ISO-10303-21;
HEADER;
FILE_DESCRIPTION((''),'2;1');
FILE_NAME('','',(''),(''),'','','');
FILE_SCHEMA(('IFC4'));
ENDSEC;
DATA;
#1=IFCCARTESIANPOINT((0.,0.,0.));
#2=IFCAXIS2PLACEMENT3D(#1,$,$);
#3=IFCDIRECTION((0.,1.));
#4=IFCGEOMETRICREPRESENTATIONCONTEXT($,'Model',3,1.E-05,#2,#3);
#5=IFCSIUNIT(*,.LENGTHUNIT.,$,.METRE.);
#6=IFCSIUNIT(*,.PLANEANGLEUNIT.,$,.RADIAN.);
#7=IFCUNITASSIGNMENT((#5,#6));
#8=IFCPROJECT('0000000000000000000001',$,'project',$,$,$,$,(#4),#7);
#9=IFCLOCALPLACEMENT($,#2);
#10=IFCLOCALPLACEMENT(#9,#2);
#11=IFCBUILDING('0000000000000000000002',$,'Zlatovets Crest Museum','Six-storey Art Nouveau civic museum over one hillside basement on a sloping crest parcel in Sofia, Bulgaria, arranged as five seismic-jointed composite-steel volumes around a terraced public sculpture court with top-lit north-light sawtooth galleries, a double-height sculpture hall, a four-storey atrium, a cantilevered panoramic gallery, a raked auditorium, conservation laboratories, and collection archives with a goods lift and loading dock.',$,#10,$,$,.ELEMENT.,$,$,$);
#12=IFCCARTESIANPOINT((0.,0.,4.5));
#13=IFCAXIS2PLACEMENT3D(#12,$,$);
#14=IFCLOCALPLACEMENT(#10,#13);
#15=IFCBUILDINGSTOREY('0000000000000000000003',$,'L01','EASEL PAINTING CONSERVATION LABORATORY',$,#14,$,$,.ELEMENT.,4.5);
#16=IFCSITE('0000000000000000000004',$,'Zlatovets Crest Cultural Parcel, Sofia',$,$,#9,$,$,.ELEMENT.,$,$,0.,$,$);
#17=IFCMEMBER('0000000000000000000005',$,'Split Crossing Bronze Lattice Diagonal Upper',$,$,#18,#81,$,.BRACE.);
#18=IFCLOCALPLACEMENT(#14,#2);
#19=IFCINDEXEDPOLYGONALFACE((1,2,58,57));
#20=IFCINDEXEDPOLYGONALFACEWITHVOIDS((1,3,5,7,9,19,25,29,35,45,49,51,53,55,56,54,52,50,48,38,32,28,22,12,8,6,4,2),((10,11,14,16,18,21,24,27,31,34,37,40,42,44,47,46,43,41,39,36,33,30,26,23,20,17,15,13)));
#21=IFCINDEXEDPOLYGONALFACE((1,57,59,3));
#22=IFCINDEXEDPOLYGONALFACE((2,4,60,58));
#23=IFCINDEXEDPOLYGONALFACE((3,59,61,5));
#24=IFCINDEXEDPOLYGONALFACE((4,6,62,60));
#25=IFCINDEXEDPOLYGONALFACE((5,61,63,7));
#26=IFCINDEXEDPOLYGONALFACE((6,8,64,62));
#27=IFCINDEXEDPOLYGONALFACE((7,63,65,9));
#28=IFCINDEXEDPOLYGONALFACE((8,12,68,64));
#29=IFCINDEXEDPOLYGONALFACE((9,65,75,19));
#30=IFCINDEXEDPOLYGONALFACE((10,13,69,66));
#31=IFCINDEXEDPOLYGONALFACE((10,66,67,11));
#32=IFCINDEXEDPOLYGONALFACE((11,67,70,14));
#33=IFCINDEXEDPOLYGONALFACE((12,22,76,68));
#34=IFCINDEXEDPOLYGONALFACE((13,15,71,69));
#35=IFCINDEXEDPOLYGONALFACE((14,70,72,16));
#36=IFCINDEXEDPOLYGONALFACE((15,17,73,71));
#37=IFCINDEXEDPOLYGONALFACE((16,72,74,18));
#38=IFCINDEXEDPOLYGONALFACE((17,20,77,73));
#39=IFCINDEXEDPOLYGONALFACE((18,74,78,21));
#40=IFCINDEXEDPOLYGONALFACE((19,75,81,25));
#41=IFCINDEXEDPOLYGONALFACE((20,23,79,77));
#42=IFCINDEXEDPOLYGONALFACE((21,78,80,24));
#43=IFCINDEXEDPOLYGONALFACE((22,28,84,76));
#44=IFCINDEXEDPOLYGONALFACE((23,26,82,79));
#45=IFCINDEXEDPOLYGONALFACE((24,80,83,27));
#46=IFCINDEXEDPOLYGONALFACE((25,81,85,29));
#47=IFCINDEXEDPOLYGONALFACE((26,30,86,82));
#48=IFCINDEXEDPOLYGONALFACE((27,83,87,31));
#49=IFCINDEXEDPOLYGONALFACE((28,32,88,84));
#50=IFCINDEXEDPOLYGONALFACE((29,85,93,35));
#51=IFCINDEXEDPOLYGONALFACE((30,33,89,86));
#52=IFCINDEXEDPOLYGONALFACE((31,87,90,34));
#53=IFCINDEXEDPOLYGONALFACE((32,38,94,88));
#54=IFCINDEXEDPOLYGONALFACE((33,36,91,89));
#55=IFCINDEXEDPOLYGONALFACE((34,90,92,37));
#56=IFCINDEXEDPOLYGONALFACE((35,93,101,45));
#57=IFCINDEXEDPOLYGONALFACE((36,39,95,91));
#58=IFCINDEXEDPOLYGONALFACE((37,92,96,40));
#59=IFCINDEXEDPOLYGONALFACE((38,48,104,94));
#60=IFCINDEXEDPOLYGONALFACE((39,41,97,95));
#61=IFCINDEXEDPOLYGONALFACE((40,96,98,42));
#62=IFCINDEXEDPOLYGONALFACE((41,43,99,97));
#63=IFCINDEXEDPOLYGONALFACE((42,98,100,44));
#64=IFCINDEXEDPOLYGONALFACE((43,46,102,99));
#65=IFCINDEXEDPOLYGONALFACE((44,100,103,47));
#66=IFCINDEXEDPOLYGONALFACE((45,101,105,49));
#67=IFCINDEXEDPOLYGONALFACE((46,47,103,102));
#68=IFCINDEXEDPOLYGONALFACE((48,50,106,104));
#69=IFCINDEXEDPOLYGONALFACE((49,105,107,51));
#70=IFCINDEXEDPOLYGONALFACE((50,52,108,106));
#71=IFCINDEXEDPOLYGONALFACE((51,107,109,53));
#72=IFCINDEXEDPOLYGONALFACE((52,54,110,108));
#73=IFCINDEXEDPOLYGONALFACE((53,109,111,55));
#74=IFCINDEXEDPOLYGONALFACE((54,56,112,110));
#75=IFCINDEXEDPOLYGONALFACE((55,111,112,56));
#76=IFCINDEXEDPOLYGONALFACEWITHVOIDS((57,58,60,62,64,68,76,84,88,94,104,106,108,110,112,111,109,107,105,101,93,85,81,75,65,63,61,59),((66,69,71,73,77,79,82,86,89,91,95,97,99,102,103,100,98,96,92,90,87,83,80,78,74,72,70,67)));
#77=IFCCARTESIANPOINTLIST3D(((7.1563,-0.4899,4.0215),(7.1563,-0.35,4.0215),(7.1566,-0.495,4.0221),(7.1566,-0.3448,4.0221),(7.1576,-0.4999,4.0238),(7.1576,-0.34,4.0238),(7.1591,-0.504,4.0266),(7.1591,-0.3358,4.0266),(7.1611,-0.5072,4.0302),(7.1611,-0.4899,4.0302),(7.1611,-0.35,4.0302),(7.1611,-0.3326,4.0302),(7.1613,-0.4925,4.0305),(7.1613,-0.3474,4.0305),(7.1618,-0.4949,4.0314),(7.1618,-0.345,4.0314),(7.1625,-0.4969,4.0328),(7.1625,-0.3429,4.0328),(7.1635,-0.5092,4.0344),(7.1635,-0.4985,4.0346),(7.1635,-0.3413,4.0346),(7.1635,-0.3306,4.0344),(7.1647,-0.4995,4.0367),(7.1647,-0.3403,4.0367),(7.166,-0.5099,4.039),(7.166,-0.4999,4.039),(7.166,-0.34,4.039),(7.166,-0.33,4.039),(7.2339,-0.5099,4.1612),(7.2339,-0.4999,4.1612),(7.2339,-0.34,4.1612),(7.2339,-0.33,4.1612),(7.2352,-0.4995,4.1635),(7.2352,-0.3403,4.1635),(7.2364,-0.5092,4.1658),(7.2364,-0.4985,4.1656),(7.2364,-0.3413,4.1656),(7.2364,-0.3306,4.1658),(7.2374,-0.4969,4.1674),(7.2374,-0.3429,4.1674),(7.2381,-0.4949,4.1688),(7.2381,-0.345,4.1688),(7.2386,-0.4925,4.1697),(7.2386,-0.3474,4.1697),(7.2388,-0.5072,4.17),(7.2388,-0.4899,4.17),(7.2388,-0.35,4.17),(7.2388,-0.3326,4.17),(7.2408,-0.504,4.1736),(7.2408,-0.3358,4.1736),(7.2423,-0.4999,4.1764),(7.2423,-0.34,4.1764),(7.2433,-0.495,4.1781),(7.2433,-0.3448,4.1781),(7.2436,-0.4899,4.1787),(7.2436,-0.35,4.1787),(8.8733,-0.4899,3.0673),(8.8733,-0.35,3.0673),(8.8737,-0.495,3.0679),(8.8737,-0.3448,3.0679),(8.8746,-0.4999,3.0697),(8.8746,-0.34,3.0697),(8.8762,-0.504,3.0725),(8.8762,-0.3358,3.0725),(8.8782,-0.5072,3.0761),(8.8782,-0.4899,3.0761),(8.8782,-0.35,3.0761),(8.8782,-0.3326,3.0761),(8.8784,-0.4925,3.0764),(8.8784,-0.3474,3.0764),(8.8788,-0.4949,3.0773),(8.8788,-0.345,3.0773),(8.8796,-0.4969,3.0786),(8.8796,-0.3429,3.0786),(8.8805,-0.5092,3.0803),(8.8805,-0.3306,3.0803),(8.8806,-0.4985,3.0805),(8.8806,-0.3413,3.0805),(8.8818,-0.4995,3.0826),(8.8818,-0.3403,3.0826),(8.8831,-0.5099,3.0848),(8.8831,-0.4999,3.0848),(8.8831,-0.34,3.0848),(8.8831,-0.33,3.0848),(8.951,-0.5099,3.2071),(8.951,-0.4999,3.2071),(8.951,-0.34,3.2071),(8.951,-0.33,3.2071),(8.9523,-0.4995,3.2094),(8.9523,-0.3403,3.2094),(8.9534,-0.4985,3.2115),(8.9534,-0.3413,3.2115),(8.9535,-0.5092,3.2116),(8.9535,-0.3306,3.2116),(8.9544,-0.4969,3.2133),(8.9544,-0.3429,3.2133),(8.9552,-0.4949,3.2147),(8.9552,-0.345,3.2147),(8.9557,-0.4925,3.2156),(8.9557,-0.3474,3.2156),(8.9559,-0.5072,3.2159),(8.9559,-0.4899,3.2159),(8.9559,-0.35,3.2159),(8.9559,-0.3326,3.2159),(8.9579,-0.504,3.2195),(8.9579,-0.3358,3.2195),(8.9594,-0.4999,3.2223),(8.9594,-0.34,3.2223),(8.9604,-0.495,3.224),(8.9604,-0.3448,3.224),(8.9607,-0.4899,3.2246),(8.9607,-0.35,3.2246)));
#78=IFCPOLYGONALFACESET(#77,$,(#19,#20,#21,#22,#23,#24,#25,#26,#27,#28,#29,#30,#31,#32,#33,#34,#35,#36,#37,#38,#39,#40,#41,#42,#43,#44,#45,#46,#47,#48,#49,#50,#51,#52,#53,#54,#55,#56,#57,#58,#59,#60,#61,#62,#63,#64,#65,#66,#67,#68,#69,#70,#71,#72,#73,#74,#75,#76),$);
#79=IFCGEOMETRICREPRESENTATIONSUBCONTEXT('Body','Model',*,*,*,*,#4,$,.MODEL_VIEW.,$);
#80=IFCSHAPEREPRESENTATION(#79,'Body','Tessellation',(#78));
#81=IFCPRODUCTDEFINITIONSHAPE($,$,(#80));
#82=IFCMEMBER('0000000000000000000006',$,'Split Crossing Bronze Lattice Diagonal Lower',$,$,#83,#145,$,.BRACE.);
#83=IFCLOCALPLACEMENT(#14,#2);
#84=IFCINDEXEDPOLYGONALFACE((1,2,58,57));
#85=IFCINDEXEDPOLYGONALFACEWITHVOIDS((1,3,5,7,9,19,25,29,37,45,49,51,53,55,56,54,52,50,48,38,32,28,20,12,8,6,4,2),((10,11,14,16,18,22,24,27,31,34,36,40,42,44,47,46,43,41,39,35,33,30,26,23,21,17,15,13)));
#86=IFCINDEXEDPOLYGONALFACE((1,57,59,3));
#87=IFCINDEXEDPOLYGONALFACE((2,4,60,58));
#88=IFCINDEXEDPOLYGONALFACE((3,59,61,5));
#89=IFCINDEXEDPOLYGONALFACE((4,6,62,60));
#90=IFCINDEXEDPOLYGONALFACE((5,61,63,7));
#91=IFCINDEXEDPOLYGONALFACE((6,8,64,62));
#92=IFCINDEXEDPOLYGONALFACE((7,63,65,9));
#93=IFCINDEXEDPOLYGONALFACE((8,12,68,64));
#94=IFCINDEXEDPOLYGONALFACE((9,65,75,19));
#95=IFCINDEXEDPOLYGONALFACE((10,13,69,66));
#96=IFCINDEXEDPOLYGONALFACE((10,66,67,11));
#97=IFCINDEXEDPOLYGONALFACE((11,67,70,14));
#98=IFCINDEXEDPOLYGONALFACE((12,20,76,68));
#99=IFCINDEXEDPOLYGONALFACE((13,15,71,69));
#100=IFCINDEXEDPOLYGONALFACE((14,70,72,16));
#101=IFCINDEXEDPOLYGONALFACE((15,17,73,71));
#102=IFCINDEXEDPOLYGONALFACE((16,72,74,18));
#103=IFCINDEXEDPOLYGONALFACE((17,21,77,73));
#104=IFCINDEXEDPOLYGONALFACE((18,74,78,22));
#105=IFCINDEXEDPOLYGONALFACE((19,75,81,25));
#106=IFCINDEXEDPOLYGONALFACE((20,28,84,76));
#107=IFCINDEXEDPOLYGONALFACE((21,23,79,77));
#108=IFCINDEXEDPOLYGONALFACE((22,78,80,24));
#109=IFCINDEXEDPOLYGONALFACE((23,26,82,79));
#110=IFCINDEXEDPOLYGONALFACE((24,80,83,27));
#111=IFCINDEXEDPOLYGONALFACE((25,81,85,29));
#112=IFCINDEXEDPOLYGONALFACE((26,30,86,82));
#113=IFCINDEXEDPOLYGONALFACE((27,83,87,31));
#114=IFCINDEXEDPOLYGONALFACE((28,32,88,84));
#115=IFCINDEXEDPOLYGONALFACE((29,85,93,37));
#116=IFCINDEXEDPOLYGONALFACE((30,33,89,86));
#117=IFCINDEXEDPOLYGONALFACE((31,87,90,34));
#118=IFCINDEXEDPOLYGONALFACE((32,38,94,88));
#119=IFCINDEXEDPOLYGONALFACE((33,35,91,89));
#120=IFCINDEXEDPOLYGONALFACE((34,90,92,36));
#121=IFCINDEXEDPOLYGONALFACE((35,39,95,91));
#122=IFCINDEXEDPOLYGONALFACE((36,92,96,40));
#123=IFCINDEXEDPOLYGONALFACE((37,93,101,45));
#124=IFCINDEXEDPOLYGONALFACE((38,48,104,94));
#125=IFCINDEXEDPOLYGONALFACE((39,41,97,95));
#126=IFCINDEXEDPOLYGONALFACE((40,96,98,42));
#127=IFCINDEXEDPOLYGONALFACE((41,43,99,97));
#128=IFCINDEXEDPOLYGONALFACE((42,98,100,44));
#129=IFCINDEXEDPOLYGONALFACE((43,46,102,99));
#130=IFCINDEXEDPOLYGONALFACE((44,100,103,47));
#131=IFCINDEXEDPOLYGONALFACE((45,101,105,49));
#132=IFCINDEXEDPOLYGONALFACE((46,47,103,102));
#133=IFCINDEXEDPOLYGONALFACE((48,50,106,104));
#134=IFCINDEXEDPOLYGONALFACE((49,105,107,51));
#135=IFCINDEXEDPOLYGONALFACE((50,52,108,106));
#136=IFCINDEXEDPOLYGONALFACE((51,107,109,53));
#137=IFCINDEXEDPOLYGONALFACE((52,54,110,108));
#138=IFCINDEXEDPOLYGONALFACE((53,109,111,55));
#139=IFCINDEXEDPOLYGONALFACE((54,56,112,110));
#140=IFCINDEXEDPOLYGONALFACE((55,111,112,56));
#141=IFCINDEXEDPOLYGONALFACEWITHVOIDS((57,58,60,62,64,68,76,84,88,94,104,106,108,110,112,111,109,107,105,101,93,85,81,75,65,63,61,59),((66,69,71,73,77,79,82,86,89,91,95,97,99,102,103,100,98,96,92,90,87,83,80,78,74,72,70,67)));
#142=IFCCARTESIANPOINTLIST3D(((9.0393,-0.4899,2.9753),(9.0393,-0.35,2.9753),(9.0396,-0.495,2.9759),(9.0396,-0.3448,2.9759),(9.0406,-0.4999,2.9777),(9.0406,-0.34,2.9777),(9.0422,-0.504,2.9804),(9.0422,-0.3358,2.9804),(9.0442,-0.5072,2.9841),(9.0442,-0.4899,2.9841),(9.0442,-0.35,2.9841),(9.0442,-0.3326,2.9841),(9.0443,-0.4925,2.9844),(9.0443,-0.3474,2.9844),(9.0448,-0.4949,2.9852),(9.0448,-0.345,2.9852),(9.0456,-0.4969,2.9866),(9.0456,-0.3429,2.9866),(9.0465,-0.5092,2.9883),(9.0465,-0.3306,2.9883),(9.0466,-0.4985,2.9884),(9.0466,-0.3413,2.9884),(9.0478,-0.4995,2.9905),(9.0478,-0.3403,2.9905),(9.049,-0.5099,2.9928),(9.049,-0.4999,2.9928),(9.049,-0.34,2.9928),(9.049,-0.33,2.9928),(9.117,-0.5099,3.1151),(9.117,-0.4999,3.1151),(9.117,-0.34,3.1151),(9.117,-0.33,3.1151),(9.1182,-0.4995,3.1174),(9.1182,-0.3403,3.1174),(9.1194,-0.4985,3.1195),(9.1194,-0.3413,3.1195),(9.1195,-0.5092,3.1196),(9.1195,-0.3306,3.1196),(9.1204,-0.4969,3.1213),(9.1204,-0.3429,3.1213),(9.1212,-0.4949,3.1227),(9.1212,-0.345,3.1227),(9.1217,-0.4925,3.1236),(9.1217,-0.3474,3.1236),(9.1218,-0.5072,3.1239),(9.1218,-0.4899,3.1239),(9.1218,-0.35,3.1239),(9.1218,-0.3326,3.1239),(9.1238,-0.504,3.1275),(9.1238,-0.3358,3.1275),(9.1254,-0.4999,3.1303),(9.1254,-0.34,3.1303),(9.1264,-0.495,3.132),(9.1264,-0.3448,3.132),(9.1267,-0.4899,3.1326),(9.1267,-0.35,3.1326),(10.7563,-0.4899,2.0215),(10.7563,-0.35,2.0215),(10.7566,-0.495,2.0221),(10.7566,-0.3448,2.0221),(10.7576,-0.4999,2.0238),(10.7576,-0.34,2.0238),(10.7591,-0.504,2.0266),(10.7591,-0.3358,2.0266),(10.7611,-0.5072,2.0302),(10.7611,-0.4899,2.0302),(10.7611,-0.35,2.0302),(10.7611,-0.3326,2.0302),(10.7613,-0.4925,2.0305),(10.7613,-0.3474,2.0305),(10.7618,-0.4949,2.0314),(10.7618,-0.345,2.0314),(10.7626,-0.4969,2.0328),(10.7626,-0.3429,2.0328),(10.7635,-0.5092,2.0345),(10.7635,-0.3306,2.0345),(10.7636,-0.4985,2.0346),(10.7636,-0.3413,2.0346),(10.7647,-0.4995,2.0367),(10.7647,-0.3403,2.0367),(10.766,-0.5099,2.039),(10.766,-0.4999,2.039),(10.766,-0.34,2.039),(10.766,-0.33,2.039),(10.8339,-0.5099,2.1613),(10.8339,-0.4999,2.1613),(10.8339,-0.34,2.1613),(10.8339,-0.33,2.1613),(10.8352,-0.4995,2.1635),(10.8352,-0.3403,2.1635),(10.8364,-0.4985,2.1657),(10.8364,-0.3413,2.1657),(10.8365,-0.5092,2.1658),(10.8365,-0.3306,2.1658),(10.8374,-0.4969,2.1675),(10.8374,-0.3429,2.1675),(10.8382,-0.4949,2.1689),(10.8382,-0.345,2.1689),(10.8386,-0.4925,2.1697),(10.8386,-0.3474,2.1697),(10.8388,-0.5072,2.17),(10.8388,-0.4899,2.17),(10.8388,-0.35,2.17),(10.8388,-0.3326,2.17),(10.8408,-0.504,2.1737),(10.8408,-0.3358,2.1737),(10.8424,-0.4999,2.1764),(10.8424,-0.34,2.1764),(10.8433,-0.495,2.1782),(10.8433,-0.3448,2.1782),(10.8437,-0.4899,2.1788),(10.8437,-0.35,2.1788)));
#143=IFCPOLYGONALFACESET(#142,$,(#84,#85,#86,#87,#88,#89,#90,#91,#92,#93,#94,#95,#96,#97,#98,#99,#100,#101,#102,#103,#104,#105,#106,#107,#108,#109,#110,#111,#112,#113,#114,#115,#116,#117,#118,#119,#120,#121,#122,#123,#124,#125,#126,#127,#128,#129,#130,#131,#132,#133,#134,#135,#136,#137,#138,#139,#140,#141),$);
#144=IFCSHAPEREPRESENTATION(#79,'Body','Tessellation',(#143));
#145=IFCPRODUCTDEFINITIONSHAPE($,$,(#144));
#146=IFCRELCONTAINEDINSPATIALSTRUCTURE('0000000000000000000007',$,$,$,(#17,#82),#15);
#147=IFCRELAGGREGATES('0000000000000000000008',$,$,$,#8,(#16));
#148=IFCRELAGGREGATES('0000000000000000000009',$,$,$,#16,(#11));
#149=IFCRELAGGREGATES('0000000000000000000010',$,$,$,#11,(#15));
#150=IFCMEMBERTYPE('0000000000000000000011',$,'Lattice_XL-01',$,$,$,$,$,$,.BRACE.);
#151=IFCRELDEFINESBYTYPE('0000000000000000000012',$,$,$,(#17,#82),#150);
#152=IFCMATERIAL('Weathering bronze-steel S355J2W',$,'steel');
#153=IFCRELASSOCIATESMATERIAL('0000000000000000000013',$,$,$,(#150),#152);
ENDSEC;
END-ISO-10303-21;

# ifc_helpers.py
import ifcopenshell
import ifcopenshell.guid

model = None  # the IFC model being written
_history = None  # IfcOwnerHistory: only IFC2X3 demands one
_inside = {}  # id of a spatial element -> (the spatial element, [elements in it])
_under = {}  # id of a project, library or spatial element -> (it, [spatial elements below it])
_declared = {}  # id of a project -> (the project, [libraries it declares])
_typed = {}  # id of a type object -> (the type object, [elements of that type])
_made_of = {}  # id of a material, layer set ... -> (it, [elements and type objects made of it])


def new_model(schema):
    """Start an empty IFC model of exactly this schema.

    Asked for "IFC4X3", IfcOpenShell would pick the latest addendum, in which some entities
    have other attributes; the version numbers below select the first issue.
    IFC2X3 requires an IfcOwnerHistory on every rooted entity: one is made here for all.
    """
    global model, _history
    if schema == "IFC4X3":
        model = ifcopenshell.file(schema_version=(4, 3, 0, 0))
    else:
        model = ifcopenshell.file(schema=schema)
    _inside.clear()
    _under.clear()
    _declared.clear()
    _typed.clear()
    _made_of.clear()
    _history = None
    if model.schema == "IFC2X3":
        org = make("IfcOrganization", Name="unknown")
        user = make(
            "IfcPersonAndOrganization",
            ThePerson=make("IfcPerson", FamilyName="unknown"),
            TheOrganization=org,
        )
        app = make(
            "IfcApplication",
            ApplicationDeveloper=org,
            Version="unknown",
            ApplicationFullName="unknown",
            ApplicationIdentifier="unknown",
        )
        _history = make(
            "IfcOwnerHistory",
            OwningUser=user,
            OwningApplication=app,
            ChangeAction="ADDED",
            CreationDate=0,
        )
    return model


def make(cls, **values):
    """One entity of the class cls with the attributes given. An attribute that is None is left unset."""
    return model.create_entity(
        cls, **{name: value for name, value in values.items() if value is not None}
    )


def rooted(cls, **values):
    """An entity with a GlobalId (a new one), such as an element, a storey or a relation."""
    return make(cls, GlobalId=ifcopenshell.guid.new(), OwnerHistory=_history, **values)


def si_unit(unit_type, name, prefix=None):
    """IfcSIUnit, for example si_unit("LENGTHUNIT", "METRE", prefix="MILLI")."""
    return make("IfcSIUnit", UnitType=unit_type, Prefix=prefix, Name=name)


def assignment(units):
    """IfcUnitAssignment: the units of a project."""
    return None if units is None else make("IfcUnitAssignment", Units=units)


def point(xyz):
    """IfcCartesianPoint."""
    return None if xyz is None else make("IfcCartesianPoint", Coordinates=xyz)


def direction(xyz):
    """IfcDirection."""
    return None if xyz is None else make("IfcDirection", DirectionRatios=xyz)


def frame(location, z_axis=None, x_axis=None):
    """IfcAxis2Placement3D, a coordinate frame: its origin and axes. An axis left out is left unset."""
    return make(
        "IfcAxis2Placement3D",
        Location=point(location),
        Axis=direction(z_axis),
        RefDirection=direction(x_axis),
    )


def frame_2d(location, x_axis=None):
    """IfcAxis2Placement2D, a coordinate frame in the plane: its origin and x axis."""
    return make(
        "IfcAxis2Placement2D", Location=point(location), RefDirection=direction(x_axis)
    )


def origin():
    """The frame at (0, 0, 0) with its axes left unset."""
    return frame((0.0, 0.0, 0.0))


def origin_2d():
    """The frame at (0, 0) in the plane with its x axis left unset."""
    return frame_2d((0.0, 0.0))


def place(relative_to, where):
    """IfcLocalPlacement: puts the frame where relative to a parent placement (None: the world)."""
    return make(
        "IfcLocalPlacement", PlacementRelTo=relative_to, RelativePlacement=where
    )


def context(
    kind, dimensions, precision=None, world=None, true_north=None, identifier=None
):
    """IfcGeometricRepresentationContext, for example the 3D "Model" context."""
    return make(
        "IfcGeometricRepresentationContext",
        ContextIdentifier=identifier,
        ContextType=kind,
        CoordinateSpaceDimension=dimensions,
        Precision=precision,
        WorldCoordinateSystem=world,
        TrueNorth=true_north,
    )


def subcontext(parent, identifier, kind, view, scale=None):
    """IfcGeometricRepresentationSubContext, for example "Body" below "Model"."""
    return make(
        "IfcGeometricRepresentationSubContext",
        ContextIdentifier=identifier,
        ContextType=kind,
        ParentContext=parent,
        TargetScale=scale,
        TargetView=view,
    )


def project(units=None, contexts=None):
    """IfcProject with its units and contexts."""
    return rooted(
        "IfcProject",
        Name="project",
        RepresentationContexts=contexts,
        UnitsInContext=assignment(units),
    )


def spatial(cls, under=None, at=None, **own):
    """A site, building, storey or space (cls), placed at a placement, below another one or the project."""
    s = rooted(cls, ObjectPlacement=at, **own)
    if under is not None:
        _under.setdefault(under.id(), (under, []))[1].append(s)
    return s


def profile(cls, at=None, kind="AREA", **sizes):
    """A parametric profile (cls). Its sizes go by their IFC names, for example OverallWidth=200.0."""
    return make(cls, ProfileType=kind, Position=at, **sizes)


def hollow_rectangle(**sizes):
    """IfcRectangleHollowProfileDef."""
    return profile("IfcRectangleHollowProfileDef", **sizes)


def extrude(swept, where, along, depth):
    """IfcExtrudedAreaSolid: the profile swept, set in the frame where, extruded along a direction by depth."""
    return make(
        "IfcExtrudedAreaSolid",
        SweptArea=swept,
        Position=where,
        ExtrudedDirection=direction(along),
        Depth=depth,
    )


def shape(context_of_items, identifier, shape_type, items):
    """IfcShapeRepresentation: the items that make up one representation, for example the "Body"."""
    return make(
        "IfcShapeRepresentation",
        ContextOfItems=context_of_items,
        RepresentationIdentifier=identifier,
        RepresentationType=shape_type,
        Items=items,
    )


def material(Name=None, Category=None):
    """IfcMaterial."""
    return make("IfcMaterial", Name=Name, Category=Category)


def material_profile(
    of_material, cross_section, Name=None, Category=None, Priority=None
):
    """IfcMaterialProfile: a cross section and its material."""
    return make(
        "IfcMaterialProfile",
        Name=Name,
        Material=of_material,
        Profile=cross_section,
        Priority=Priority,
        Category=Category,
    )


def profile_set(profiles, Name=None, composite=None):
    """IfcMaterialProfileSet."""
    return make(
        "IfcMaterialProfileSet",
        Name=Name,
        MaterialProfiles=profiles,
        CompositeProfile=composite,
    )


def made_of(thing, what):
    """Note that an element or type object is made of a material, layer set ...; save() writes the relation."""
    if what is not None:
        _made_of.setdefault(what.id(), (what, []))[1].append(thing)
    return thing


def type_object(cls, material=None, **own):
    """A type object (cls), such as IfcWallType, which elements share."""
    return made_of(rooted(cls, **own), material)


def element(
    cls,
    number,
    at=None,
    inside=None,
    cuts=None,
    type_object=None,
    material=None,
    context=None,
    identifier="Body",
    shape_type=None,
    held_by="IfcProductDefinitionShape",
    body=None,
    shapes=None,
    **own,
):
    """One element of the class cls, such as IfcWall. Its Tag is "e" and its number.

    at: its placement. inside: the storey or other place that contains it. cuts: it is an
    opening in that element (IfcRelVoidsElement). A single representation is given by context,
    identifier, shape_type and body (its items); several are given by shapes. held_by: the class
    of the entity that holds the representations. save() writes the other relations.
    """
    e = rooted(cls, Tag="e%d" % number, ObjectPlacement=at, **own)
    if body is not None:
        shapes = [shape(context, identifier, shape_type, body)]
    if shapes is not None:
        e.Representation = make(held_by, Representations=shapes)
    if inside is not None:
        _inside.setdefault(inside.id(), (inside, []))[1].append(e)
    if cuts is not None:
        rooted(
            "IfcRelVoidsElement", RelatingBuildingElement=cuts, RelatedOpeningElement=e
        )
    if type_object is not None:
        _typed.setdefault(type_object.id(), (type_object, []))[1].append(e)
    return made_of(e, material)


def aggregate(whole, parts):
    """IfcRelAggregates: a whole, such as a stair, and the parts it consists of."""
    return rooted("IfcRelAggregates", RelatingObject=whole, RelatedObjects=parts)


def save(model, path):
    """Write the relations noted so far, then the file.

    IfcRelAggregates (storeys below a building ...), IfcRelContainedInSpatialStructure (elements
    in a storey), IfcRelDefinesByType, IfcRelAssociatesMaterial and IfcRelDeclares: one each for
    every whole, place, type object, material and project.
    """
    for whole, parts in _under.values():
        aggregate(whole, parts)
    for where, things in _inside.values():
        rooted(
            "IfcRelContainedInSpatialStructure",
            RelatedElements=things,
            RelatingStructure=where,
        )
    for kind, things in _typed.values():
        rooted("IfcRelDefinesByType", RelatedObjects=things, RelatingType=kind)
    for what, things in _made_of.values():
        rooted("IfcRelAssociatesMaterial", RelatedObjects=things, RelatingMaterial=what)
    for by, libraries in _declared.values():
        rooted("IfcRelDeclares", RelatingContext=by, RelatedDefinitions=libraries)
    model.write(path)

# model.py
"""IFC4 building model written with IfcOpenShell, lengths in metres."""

from ifc_helpers import new_model, si_unit, direction, frame, origin, origin_2d, place, context, subcontext, project, spatial, hollow_rectangle, extrude, material, material_profile, profile_set, type_object, element, save


model = new_model("IFC4")

# Units and contexts
model_context = context("Model", 3, precision=1e-05, world=origin(), true_north=direction((0.0, 1.0)))
body_context = subcontext(model_context, "Body", "Model", "MODEL_VIEW")
ifc_project = project(units=[si_unit("LENGTHUNIT", "METRE"), si_unit("PLANEANGLEUNIT", "RADIAN")], contexts=[model_context])

# Site, building, storey
site_placement = place(None, origin())
site = spatial("IfcSite", under=ifc_project, at=site_placement, Name="Zlatovets Crest Cultural Parcel, Sofia", CompositionType="ELEMENT", RefElevation=0.0)
building_placement = place(site_placement, origin())
building = spatial("IfcBuilding", under=site, at=building_placement, Name="Zlatovets Crest Museum", Description="Six-storey Art Nouveau civic museum over one hillside basement on a sloping crest parcel in Sofia, Bulgaria, arranged as five seismic-jointed composite-steel volumes around a terraced public sculpture court with top-lit north-light sawtooth galleries, a double-height sculpture hall, a four-storey atrium, a cantilevered panoramic gallery, a raked auditorium, conservation laboratories, and collection archives with a goods lift and loading dock.", CompositionType="ELEMENT")
storey_placement = place(building_placement, frame((0.0, 0.0, 4.5)))
storey = spatial("IfcBuildingStorey", under=building, at=storey_placement, Name="L01", Description="EASEL PAINTING CONSERVATION LABORATORY", CompositionType="ELEMENT", Elevation=4.5)

# Members
ifc_material_1 = material(Name="Weathering bronze-steel S355J2W", Category="steel")
ifc_material_profile_1 = material_profile(ifc_material_1, hollow_rectangle(XDim=0.1799, YDim=0.1799, WallThickness=0.01, InnerFilletRadius=0.01, OuterFilletRadius=0.02, at=origin_2d()), Name="SHS 180x180x10.0")
ifc_profile_set_1 = profile_set([ifc_material_profile_1], Name="Weathering bronze-steel S355J2W")
member_type_1 = type_object("IfcMemberType", Name="Lattice_XL-01", PredefinedType="BRACE", material=ifc_profile_set_1)
member_1_placement = place(storey_placement, frame((7.2, -0.4199, 4.1001), z_axis=(0.874116, 0.0, -0.485717), x_axis=(0.0, 1.0, 0.0)))
element("IfcMember", 1, at=member_1_placement, inside=storey, type_object=member_type_1, Name="Split Crossing Bronze Lattice Diagonal Upper", PredefinedType="BRACE", context=body_context, shape_type="SweptSolid", body=[
    extrude(hollow_rectangle(XDim=0.1799, YDim=0.1799, WallThickness=0.01, InnerFilletRadius=0.01, OuterFilletRadius=0.02, at=origin_2d()), origin(), (0.0, 0.0, 1.0), 1.9644),
])
member_2_placement = place(storey_placement, frame((9.083, -0.4199, 3.054), z_axis=(0.874169, 0.0, -0.485622), x_axis=(0.0, 1.0, 0.0)))
element("IfcMember", 2, at=member_2_placement, inside=storey, type_object=member_type_1, Name="Split Crossing Bronze Lattice Diagonal Lower", PredefinedType="BRACE", context=body_context, shape_type="SweptSolid", body=[
    extrude(hollow_rectangle(XDim=0.1799, YDim=0.1799, WallThickness=0.01, InnerFilletRadius=0.01, OuterFilletRadius=0.02, at=origin_2d()), origin(), (0.0, 0.0, 1.0), 1.9641),
])

save(model, "model.ifc")
